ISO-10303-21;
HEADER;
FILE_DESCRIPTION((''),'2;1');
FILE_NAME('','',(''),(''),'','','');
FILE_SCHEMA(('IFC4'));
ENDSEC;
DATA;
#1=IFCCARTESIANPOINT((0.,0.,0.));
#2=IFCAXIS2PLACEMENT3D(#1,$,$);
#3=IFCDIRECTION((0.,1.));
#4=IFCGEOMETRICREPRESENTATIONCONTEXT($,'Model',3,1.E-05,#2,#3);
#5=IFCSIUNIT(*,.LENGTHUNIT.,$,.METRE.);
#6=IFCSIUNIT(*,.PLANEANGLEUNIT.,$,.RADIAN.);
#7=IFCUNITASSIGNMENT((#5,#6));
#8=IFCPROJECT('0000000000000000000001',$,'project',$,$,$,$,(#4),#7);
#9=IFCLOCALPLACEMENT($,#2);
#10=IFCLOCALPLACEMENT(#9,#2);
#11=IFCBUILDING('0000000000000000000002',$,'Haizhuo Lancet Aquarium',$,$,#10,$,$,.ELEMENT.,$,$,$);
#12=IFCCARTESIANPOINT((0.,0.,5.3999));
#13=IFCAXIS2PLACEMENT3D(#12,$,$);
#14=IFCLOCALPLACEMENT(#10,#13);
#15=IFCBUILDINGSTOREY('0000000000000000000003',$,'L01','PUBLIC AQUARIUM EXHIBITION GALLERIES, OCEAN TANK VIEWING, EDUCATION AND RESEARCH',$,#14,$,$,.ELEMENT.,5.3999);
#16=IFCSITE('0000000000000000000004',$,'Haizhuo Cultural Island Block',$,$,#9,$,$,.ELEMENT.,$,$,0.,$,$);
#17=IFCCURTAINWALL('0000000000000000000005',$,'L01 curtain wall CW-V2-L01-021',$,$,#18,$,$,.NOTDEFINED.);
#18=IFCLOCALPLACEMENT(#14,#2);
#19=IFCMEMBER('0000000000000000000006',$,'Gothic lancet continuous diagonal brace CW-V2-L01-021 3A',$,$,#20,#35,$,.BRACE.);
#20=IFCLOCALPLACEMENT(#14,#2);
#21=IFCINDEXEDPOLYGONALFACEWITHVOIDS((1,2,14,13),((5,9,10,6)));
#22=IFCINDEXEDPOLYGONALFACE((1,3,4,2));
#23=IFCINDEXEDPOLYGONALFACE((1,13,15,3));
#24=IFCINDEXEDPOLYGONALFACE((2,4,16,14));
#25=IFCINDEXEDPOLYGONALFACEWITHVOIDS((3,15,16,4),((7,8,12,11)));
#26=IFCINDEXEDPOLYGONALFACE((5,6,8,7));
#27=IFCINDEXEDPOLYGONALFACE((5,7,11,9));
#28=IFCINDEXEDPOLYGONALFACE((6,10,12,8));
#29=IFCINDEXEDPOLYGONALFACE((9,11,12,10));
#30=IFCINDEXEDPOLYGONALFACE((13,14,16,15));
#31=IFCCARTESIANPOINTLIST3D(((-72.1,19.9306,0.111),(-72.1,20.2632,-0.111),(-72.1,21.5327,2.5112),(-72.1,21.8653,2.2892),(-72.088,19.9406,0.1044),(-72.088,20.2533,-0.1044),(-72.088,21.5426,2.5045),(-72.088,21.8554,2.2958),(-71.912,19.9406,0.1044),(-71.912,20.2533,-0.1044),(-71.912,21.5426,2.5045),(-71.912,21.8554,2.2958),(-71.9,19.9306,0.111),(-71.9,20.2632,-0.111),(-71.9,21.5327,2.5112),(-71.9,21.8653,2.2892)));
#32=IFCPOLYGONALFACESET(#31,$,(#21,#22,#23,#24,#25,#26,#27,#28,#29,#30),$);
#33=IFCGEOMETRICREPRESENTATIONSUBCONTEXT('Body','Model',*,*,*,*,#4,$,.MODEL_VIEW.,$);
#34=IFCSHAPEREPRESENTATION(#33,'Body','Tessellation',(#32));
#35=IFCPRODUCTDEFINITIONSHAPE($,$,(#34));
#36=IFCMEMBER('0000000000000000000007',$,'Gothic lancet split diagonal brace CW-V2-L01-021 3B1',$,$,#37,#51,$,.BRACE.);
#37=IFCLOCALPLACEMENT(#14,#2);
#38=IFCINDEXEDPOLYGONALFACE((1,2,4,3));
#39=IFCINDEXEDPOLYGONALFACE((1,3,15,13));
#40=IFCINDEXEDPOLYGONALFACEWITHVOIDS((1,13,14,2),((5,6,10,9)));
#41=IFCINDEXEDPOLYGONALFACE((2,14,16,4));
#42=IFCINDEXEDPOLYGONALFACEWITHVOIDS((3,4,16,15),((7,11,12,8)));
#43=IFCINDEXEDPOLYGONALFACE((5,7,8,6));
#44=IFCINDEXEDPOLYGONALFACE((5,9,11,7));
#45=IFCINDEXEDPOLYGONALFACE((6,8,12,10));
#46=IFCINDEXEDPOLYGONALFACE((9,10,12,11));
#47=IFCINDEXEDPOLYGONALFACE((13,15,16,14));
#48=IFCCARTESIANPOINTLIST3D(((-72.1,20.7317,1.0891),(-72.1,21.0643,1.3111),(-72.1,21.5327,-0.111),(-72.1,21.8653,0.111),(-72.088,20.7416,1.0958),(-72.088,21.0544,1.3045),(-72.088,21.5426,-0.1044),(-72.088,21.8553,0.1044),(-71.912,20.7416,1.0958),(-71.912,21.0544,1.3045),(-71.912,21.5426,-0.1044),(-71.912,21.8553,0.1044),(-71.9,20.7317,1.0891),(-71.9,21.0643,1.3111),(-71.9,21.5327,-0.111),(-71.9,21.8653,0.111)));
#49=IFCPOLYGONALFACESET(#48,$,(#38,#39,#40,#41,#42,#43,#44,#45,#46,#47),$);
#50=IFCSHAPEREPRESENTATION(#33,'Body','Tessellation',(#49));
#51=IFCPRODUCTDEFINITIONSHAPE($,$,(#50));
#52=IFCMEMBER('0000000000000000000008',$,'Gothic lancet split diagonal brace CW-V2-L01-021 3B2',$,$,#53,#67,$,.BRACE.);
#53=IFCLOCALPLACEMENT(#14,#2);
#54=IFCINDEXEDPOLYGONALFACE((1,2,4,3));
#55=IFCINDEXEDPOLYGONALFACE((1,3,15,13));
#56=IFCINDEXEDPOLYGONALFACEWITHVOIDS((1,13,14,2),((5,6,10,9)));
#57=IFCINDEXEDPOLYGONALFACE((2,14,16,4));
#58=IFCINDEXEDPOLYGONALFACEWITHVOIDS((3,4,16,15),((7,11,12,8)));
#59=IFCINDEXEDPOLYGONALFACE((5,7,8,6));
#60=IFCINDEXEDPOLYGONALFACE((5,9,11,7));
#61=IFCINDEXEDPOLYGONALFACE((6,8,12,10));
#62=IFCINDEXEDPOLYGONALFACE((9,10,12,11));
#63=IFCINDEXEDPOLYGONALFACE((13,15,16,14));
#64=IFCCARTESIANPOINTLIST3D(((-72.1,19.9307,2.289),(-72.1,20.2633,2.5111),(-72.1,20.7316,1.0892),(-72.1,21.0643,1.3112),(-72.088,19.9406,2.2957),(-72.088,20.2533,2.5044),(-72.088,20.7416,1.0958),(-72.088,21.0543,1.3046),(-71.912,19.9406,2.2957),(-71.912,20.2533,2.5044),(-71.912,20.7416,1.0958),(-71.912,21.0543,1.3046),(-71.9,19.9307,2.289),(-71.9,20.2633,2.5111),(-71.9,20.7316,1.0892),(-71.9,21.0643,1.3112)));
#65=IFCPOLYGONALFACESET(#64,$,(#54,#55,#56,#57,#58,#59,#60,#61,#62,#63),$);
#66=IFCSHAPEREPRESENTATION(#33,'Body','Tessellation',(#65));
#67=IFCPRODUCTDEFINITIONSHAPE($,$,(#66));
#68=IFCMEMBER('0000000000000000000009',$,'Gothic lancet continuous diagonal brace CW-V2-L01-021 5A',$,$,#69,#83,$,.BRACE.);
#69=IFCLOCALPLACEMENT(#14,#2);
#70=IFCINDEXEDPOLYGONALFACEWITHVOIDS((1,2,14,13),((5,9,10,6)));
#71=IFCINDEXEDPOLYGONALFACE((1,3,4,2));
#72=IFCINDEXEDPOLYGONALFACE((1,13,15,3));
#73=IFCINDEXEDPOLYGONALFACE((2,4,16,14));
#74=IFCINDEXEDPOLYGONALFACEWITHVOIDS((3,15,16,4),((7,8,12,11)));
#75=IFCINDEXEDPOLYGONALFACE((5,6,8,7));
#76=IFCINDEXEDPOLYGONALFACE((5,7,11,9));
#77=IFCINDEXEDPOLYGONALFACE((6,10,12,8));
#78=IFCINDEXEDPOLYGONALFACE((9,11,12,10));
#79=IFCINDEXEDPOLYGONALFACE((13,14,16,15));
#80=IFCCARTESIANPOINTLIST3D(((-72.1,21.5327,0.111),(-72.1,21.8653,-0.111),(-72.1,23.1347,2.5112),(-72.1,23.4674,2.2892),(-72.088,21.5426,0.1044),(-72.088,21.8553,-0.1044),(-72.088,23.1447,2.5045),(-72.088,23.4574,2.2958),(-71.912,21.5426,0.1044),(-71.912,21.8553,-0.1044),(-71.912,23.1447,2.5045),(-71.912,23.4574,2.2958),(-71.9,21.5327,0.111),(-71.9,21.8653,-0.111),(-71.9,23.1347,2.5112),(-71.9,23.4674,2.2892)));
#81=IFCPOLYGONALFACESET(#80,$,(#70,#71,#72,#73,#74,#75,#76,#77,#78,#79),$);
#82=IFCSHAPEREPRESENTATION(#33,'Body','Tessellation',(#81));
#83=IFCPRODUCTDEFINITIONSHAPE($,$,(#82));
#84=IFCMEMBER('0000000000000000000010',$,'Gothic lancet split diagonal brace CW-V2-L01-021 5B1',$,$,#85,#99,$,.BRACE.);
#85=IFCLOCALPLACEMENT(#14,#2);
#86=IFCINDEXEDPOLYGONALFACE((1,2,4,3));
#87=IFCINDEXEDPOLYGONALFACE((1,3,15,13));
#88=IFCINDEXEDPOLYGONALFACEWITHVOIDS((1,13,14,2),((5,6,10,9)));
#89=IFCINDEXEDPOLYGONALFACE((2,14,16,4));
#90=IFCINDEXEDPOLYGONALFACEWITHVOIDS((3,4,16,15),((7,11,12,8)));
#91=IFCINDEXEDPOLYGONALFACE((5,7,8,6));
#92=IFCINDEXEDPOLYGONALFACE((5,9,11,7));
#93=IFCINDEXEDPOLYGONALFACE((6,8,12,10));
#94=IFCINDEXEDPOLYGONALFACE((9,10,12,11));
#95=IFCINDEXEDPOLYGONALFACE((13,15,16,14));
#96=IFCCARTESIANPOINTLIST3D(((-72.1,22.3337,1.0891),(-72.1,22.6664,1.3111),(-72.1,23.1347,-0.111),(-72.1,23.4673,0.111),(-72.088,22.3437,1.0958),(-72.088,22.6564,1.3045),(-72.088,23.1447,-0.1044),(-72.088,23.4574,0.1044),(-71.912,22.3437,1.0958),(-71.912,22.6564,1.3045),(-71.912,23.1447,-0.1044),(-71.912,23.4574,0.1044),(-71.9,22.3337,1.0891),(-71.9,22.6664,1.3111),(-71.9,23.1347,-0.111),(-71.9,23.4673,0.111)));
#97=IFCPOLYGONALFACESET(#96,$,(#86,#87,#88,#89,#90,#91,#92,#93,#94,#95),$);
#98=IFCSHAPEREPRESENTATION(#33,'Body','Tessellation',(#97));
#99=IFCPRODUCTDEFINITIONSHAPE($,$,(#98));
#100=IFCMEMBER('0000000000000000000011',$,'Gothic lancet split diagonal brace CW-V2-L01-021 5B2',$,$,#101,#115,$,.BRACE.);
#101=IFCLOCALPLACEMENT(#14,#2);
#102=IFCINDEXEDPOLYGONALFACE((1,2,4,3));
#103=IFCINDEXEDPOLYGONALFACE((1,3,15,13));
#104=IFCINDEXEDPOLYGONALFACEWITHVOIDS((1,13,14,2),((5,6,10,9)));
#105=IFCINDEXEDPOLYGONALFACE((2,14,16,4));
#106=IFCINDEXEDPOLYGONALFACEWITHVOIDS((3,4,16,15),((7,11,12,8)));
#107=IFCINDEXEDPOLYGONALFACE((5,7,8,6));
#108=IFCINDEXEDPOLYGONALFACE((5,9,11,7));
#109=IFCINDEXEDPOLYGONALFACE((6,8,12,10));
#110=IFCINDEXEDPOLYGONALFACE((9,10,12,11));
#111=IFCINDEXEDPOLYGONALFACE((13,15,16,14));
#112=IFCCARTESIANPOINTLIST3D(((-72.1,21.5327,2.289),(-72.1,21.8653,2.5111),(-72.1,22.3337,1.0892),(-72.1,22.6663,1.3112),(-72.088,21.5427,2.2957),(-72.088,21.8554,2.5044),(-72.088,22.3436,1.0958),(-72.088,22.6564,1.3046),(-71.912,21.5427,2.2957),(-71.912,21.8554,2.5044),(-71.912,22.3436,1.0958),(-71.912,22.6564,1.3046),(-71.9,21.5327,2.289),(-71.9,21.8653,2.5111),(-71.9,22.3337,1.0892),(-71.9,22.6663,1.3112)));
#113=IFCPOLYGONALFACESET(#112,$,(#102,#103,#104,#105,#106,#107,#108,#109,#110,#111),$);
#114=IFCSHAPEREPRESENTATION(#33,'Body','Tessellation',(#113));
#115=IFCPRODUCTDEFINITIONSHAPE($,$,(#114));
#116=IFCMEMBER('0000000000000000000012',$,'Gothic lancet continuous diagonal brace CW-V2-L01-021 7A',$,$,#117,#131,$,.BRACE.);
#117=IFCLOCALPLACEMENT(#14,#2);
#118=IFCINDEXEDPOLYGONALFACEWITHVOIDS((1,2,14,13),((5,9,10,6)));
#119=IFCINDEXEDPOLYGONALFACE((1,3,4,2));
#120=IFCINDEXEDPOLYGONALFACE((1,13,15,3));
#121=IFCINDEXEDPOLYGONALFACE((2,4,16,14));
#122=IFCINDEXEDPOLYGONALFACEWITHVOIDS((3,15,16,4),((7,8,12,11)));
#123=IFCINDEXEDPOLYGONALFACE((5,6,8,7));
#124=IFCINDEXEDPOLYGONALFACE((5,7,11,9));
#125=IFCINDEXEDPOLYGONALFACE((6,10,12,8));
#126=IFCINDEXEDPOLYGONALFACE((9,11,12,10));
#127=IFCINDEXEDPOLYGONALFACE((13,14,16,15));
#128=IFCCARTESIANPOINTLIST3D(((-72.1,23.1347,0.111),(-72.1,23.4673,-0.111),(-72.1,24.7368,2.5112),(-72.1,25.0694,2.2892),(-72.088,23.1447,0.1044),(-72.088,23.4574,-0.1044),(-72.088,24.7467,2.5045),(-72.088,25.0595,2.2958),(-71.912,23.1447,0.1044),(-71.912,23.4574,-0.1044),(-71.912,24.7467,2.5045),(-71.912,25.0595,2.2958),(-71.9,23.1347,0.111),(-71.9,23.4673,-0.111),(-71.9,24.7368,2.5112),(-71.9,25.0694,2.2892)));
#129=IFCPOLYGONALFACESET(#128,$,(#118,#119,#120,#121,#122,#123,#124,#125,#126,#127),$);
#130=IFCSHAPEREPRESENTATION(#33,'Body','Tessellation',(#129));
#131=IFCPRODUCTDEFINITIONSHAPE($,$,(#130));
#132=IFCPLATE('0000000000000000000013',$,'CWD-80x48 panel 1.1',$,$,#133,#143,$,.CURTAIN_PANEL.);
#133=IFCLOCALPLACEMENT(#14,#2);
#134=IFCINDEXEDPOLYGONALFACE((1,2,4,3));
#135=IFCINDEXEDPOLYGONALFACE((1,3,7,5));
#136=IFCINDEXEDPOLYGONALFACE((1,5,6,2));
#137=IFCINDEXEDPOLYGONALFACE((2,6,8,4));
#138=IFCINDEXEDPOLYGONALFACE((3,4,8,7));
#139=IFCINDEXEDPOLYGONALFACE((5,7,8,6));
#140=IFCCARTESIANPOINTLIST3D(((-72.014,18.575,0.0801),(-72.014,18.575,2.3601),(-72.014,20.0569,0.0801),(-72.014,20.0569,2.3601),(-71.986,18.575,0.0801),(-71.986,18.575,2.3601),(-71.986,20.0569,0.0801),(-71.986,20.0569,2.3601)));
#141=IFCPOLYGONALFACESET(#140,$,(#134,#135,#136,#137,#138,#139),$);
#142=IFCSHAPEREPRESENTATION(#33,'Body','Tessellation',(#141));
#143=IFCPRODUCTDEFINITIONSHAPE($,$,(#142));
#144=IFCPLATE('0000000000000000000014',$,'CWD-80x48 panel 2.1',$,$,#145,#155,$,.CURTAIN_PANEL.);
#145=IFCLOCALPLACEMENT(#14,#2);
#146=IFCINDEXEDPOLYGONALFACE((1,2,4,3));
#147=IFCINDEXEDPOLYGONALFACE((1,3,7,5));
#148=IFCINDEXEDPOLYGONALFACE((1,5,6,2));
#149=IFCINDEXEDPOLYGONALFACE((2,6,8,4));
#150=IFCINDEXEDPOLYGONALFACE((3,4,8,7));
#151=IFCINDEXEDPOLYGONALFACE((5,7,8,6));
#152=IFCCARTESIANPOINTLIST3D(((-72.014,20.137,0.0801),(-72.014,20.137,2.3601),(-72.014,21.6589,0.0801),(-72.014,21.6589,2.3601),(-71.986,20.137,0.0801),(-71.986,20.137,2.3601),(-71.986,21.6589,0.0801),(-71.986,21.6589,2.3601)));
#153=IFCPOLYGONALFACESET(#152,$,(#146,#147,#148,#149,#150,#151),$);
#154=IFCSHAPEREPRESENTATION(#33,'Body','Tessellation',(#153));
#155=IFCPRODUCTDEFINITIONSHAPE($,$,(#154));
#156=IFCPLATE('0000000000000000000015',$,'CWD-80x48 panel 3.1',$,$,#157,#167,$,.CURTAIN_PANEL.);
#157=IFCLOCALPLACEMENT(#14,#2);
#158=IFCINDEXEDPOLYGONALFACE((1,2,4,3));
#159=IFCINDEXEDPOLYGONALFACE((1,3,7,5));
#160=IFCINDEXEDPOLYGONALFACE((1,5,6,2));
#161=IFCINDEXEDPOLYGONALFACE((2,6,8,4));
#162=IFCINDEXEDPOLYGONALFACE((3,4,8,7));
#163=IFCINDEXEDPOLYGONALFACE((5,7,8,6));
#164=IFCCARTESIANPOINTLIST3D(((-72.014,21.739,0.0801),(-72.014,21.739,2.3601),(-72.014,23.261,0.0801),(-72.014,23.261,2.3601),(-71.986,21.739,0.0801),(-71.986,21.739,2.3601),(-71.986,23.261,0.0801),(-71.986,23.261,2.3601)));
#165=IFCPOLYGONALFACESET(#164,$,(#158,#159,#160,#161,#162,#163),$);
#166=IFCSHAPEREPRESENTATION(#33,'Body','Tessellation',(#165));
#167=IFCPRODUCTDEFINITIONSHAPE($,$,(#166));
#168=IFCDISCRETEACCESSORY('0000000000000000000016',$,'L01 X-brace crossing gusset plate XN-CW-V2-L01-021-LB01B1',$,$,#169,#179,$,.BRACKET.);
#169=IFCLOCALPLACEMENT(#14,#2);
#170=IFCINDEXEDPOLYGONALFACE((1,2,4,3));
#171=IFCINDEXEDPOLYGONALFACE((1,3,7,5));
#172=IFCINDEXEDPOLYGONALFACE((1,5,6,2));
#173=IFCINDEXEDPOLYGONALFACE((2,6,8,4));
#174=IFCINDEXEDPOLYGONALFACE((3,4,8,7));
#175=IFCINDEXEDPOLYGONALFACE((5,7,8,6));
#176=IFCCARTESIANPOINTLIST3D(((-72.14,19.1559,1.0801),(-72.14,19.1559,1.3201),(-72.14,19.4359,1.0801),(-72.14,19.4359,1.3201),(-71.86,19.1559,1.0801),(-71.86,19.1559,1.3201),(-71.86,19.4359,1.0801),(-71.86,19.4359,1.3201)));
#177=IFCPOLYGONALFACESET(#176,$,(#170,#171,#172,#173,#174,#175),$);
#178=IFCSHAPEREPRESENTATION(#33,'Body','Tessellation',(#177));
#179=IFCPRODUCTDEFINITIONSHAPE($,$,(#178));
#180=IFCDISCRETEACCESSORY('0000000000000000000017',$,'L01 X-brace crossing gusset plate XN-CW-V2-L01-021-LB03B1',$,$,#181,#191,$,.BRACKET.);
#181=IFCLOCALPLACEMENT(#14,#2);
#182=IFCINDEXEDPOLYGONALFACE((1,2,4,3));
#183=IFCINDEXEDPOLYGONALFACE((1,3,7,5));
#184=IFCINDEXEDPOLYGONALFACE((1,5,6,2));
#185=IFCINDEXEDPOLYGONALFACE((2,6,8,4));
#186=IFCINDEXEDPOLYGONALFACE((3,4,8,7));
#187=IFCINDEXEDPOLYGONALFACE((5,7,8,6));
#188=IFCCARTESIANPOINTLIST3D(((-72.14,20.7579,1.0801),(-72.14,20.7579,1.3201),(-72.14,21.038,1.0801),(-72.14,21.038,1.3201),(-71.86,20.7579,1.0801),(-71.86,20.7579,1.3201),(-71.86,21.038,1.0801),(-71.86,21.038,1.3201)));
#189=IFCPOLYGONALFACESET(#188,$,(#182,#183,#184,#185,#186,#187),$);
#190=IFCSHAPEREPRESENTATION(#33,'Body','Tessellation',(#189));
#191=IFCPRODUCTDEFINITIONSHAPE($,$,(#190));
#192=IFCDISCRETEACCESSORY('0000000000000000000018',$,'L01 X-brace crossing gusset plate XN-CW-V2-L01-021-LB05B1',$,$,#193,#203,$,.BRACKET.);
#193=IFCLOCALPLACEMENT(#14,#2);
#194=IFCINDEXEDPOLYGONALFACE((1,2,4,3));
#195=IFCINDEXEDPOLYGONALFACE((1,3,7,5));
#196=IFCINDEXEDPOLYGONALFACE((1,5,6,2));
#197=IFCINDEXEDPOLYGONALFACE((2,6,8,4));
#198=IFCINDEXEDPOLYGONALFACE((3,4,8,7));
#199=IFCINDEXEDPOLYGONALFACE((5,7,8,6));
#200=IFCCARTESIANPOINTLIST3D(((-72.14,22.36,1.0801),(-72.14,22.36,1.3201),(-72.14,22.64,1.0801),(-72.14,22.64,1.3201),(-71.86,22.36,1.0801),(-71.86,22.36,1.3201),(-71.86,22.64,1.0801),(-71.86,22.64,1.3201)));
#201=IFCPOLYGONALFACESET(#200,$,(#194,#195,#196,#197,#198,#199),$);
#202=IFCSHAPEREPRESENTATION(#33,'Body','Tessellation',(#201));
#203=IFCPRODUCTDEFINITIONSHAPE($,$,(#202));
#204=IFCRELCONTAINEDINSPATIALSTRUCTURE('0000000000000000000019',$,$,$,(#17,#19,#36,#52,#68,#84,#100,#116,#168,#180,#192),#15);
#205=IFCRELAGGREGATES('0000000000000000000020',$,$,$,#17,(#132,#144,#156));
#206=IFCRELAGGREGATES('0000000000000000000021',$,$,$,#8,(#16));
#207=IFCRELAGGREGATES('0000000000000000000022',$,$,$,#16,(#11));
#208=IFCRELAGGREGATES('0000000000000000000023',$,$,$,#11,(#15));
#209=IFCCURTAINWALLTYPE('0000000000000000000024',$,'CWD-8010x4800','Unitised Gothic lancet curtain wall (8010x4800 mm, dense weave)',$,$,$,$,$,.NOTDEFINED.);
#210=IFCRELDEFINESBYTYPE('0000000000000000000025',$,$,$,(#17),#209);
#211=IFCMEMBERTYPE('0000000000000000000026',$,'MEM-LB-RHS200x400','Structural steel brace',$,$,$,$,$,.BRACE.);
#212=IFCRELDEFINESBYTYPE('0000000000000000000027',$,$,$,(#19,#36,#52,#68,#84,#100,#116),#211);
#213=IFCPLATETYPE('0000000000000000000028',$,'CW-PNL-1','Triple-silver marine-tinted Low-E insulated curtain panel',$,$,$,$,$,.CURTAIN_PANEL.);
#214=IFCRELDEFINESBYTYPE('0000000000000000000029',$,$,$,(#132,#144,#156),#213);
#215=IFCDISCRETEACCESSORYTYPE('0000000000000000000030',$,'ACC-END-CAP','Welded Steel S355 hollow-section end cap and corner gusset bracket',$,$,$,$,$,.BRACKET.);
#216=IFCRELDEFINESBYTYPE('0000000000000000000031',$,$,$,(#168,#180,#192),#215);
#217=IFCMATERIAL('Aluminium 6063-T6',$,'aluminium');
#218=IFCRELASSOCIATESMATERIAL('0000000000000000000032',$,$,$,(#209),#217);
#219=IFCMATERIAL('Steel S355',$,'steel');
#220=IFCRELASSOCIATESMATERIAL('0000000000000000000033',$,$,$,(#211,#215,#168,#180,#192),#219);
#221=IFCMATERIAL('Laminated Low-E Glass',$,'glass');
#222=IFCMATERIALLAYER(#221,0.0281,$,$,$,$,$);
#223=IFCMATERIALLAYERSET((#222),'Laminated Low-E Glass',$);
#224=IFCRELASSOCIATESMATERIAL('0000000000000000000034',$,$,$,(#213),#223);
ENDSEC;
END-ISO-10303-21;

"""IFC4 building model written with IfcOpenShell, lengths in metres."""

from ifc_helpers import new_model, si_unit, direction, frame, origin, origin_2d, place, context, subcontext, project, spatial, rectangle, hollow_rectangle, extrude, material, layer, layer_set, material_profile, profile_set, type_object, element, aggregate, save


model = new_model("IFC4")

# Units and contexts
model_context = context("Model", 3, precision=1e-05, world=origin(), true_north=direction((0.0, 1.0)))
body_context = subcontext(model_context, "Body", "Model", "MODEL_VIEW")
ifc_project = project(units=[si_unit("LENGTHUNIT", "METRE"), si_unit("PLANEANGLEUNIT", "RADIAN")], contexts=[model_context])

# Site, building, storey
site_placement = place(None, origin())
site = spatial("IfcSite", under=ifc_project, at=site_placement, Name="Haizhuo Cultural Island Block", CompositionType="ELEMENT", RefElevation=0.0)
building_placement = place(site_placement, origin())
building = spatial("IfcBuilding", under=site, at=building_placement, Name="Haizhuo Lancet Aquarium", CompositionType="ELEMENT")
storey_placement = place(building_placement, frame((0.0, 0.0, 5.3999)))
storey = spatial("IfcBuildingStorey", under=building, at=storey_placement, Name="L01", Description="PUBLIC AQUARIUM EXHIBITION GALLERIES, OCEAN TANK VIEWING, EDUCATION AND RESEARCH", CompositionType="ELEMENT", Elevation=5.3999)

# Curtain wall
ifc_material_1 = material(Name="Aluminium 6063-T6", Category="aluminium")
curtain_wall_type = type_object("IfcCurtainWallType", Name="CWD-8010x4800", Description="Unitised Gothic lancet curtain wall (8010x4800 mm, dense weave)", PredefinedType="NOTDEFINED", material=ifc_material_1)
curtain_wall_placement = place(storey_placement, origin())
curtain_wall = element("IfcCurtainWall", 1, at=curtain_wall_placement, inside=storey, type_object=curtain_wall_type, Name="L01 curtain wall CW-V2-L01-021", PredefinedType="NOTDEFINED")

# Members
ifc_material_2 = material(Name="Steel S355", Category="steel")
ifc_material_profile_1 = material_profile(ifc_material_2, hollow_rectangle(XDim=0.2, YDim=0.3999, WallThickness=0.012, at=origin_2d()), Name="RHS 200x400x12")
ifc_profile_set_1 = profile_set([ifc_material_profile_1], Name="Steel S355")
member_type_1 = type_object("IfcMemberType", Name="MEM-LB-RHS200x400", Description="Structural steel brace", PredefinedType="BRACE", material=ifc_profile_set_1)
member_1_placement = place(storey_placement, frame((-72.0, 20.0969, 0.0), z_axis=(0.0, 0.555169, 0.831738), x_axis=(-1.0, 0.0, 0.0)))
element("IfcMember", 2, at=member_1_placement, inside=storey, type_object=member_type_1, Name="Gothic lancet continuous diagonal brace CW-V2-L01-021 3A", PredefinedType="BRACE", context=body_context, shape_type="SweptSolid", body=[
    extrude(hollow_rectangle(XDim=0.2, YDim=0.3999, WallThickness=0.012, at=origin_2d()), origin(), (0.0, 0.0, 1.0), 2.8857),
])
member_2_placement = place(storey_placement, frame((-72.0, 21.699, 0.0), z_axis=(0.0, -0.55513, 0.831764), x_axis=(1.0, 0.0, 0.0)))
element("IfcMember", 3, at=member_2_placement, inside=storey, type_object=member_type_1, Name="Gothic lancet split diagonal brace CW-V2-L01-021 3B1", PredefinedType="BRACE", context=body_context, shape_type="SweptSolid", body=[
    extrude(hollow_rectangle(XDim=0.2, YDim=0.3999, WallThickness=0.012, at=origin_2d()), origin(), (0.0, 0.0, 1.0), 1.4429),
])
member_3_placement = place(storey_placement, frame((-72.0, 20.8979, 1.2002), z_axis=(0.0, -0.555208, 0.831712), x_axis=(1.0, 0.0, 0.0)))
element("IfcMember", 4, at=member_3_placement, inside=storey, type_object=member_type_1, Name="Gothic lancet split diagonal brace CW-V2-L01-021 3B2", PredefinedType="BRACE", context=body_context, shape_type="SweptSolid", body=[
    extrude(hollow_rectangle(XDim=0.2, YDim=0.3999, WallThickness=0.012, at=origin_2d()), origin(), (0.0, 0.0, 1.0), 1.4426),
])
member_4_placement = place(storey_placement, frame((-72.0, 21.699, 0.0), z_axis=(0.0, 0.555169, 0.831738), x_axis=(-1.0, 0.0, 0.0)))
element("IfcMember", 5, at=member_4_placement, inside=storey, type_object=member_type_1, Name="Gothic lancet continuous diagonal brace CW-V2-L01-021 5A", PredefinedType="BRACE", context=body_context, shape_type="SweptSolid", body=[
    extrude(hollow_rectangle(XDim=0.2, YDim=0.3999, WallThickness=0.012, at=origin_2d()), origin(), (0.0, 0.0, 1.0), 2.8857),
])
member_5_placement = place(storey_placement, frame((-72.0, 23.301, 0.0), z_axis=(0.0, -0.55513, 0.831764), x_axis=(1.0, 0.0, 0.0)))
element("IfcMember", 6, at=member_5_placement, inside=storey, type_object=member_type_1, Name="Gothic lancet split diagonal brace CW-V2-L01-021 5B1", PredefinedType="BRACE", context=body_context, shape_type="SweptSolid", body=[
    extrude(hollow_rectangle(XDim=0.2, YDim=0.3999, WallThickness=0.012, at=origin_2d()), origin(), (0.0, 0.0, 1.0), 1.4429),
])
member_6_placement = place(storey_placement, frame((-72.0, 22.5, 1.2002), z_axis=(0.0, -0.555208, 0.831712), x_axis=(1.0, 0.0, 0.0)))
element("IfcMember", 7, at=member_6_placement, inside=storey, type_object=member_type_1, Name="Gothic lancet split diagonal brace CW-V2-L01-021 5B2", PredefinedType="BRACE", context=body_context, shape_type="SweptSolid", body=[
    extrude(hollow_rectangle(XDim=0.2, YDim=0.3999, WallThickness=0.012, at=origin_2d()), origin(), (0.0, 0.0, 1.0), 1.4426),
])
member_7_placement = place(storey_placement, frame((-72.0, 23.301, 0.0), z_axis=(0.0, 0.555169, 0.831738), x_axis=(-1.0, 0.0, 0.0)))
element("IfcMember", 8, at=member_7_placement, inside=storey, type_object=member_type_1, Name="Gothic lancet continuous diagonal brace CW-V2-L01-021 7A", PredefinedType="BRACE", context=body_context, shape_type="SweptSolid", body=[
    extrude(hollow_rectangle(XDim=0.2, YDim=0.3999, WallThickness=0.012, at=origin_2d()), origin(), (0.0, 0.0, 1.0), 2.8857),
])

# Plates
ifc_material_3 = material(Name="Laminated Low-E Glass", Category="glass")
ifc_layer = layer(ifc_material_3, 0.0281)
ifc_layer_set = layer_set([ifc_layer], Name="Laminated Low-E Glass")
plate_type = type_object("IfcPlateType", Name="CW-PNL-1", Description="Triple-silver marine-tinted Low-E insulated curtain panel", PredefinedType="CURTAIN_PANEL", material=ifc_layer_set)
plate_1_placement = place(storey_placement, frame((-72.0, 19.3159, 0.0801), z_axis=(0.0, 0.0, 1.0), x_axis=(0.0, 1.0, 0.0)))
plate_1 = element("IfcPlate", 9, at=plate_1_placement, type_object=plate_type, Name="CWD-80x48 panel 1.1", PredefinedType="CURTAIN_PANEL", context=body_context, shape_type="SweptSolid", body=[
    extrude(rectangle(XDim=1.4819, YDim=0.0281, at=origin_2d()), origin(), (0.0, 0.0, 1.0), 2.28),
])
plate_2_placement = place(storey_placement, frame((-72.0, 20.8979, 0.0801), z_axis=(0.0, 0.0, 1.0), x_axis=(0.0, 1.0, 0.0)))
plate_2 = element("IfcPlate", 10, at=plate_2_placement, type_object=plate_type, Name="CWD-80x48 panel 2.1", PredefinedType="CURTAIN_PANEL", context=body_context, shape_type="SweptSolid", body=[
    extrude(rectangle(XDim=1.522, YDim=0.0281, at=origin_2d()), origin(), (0.0, 0.0, 1.0), 2.28),
])
plate_3_placement = place(storey_placement, frame((-72.0, 22.5, 0.0801), z_axis=(0.0, 0.0, 1.0), x_axis=(0.0, 1.0, 0.0)))
plate_3 = element("IfcPlate", 11, at=plate_3_placement, type_object=plate_type, Name="CWD-80x48 panel 3.1", PredefinedType="CURTAIN_PANEL", context=body_context, shape_type="SweptSolid", body=[
    extrude(rectangle(XDim=1.522, YDim=0.0281, at=origin_2d()), origin(), (0.0, 0.0, 1.0), 2.28),
])
aggregate(curtain_wall, [plate_1, plate_2, plate_3])

# Discrete accessories
discrete_accessory_type = type_object("IfcDiscreteAccessoryType", Name="ACC-END-CAP", Description="Welded Steel S355 hollow-section end cap and corner gusset bracket", PredefinedType="BRACKET", material=ifc_material_2)
for number, where, z_axis, x_axis, name in (
    (12, (-72.0, 19.2959, 1.0801), (0.0, 0.0, 1.0), (1.0, 0.0, 0.0), "L01 X-brace crossing gusset plate XN-CW-V2-L01-021-LB01B1"),
    (13, (-72.0, 20.8979, 1.0801), (0.0, 0.0, 1.0), (1.0, 0.0, 0.0), "L01 X-brace crossing gusset plate XN-CW-V2-L01-021-LB03B1"),
    (14, (-72.0, 22.5, 1.0801), (0.0, 0.0, 1.0), (1.0, 0.0, 0.0), "L01 X-brace crossing gusset plate XN-CW-V2-L01-021-LB05B1"),
):
    element("IfcDiscreteAccessory", number, at=place(storey_placement, frame(where, z_axis=z_axis, x_axis=x_axis)), inside=storey, type_object=discrete_accessory_type, material=ifc_material_2, Name=name, PredefinedType="BRACKET", context=body_context, shape_type="SweptSolid", body=[
        extrude(rectangle(XDim=0.28, YDim=0.28, at=origin_2d()), origin(), (0.0, 0.0, 1.0), 0.24),
    ])

save(model, "model.ifc")
